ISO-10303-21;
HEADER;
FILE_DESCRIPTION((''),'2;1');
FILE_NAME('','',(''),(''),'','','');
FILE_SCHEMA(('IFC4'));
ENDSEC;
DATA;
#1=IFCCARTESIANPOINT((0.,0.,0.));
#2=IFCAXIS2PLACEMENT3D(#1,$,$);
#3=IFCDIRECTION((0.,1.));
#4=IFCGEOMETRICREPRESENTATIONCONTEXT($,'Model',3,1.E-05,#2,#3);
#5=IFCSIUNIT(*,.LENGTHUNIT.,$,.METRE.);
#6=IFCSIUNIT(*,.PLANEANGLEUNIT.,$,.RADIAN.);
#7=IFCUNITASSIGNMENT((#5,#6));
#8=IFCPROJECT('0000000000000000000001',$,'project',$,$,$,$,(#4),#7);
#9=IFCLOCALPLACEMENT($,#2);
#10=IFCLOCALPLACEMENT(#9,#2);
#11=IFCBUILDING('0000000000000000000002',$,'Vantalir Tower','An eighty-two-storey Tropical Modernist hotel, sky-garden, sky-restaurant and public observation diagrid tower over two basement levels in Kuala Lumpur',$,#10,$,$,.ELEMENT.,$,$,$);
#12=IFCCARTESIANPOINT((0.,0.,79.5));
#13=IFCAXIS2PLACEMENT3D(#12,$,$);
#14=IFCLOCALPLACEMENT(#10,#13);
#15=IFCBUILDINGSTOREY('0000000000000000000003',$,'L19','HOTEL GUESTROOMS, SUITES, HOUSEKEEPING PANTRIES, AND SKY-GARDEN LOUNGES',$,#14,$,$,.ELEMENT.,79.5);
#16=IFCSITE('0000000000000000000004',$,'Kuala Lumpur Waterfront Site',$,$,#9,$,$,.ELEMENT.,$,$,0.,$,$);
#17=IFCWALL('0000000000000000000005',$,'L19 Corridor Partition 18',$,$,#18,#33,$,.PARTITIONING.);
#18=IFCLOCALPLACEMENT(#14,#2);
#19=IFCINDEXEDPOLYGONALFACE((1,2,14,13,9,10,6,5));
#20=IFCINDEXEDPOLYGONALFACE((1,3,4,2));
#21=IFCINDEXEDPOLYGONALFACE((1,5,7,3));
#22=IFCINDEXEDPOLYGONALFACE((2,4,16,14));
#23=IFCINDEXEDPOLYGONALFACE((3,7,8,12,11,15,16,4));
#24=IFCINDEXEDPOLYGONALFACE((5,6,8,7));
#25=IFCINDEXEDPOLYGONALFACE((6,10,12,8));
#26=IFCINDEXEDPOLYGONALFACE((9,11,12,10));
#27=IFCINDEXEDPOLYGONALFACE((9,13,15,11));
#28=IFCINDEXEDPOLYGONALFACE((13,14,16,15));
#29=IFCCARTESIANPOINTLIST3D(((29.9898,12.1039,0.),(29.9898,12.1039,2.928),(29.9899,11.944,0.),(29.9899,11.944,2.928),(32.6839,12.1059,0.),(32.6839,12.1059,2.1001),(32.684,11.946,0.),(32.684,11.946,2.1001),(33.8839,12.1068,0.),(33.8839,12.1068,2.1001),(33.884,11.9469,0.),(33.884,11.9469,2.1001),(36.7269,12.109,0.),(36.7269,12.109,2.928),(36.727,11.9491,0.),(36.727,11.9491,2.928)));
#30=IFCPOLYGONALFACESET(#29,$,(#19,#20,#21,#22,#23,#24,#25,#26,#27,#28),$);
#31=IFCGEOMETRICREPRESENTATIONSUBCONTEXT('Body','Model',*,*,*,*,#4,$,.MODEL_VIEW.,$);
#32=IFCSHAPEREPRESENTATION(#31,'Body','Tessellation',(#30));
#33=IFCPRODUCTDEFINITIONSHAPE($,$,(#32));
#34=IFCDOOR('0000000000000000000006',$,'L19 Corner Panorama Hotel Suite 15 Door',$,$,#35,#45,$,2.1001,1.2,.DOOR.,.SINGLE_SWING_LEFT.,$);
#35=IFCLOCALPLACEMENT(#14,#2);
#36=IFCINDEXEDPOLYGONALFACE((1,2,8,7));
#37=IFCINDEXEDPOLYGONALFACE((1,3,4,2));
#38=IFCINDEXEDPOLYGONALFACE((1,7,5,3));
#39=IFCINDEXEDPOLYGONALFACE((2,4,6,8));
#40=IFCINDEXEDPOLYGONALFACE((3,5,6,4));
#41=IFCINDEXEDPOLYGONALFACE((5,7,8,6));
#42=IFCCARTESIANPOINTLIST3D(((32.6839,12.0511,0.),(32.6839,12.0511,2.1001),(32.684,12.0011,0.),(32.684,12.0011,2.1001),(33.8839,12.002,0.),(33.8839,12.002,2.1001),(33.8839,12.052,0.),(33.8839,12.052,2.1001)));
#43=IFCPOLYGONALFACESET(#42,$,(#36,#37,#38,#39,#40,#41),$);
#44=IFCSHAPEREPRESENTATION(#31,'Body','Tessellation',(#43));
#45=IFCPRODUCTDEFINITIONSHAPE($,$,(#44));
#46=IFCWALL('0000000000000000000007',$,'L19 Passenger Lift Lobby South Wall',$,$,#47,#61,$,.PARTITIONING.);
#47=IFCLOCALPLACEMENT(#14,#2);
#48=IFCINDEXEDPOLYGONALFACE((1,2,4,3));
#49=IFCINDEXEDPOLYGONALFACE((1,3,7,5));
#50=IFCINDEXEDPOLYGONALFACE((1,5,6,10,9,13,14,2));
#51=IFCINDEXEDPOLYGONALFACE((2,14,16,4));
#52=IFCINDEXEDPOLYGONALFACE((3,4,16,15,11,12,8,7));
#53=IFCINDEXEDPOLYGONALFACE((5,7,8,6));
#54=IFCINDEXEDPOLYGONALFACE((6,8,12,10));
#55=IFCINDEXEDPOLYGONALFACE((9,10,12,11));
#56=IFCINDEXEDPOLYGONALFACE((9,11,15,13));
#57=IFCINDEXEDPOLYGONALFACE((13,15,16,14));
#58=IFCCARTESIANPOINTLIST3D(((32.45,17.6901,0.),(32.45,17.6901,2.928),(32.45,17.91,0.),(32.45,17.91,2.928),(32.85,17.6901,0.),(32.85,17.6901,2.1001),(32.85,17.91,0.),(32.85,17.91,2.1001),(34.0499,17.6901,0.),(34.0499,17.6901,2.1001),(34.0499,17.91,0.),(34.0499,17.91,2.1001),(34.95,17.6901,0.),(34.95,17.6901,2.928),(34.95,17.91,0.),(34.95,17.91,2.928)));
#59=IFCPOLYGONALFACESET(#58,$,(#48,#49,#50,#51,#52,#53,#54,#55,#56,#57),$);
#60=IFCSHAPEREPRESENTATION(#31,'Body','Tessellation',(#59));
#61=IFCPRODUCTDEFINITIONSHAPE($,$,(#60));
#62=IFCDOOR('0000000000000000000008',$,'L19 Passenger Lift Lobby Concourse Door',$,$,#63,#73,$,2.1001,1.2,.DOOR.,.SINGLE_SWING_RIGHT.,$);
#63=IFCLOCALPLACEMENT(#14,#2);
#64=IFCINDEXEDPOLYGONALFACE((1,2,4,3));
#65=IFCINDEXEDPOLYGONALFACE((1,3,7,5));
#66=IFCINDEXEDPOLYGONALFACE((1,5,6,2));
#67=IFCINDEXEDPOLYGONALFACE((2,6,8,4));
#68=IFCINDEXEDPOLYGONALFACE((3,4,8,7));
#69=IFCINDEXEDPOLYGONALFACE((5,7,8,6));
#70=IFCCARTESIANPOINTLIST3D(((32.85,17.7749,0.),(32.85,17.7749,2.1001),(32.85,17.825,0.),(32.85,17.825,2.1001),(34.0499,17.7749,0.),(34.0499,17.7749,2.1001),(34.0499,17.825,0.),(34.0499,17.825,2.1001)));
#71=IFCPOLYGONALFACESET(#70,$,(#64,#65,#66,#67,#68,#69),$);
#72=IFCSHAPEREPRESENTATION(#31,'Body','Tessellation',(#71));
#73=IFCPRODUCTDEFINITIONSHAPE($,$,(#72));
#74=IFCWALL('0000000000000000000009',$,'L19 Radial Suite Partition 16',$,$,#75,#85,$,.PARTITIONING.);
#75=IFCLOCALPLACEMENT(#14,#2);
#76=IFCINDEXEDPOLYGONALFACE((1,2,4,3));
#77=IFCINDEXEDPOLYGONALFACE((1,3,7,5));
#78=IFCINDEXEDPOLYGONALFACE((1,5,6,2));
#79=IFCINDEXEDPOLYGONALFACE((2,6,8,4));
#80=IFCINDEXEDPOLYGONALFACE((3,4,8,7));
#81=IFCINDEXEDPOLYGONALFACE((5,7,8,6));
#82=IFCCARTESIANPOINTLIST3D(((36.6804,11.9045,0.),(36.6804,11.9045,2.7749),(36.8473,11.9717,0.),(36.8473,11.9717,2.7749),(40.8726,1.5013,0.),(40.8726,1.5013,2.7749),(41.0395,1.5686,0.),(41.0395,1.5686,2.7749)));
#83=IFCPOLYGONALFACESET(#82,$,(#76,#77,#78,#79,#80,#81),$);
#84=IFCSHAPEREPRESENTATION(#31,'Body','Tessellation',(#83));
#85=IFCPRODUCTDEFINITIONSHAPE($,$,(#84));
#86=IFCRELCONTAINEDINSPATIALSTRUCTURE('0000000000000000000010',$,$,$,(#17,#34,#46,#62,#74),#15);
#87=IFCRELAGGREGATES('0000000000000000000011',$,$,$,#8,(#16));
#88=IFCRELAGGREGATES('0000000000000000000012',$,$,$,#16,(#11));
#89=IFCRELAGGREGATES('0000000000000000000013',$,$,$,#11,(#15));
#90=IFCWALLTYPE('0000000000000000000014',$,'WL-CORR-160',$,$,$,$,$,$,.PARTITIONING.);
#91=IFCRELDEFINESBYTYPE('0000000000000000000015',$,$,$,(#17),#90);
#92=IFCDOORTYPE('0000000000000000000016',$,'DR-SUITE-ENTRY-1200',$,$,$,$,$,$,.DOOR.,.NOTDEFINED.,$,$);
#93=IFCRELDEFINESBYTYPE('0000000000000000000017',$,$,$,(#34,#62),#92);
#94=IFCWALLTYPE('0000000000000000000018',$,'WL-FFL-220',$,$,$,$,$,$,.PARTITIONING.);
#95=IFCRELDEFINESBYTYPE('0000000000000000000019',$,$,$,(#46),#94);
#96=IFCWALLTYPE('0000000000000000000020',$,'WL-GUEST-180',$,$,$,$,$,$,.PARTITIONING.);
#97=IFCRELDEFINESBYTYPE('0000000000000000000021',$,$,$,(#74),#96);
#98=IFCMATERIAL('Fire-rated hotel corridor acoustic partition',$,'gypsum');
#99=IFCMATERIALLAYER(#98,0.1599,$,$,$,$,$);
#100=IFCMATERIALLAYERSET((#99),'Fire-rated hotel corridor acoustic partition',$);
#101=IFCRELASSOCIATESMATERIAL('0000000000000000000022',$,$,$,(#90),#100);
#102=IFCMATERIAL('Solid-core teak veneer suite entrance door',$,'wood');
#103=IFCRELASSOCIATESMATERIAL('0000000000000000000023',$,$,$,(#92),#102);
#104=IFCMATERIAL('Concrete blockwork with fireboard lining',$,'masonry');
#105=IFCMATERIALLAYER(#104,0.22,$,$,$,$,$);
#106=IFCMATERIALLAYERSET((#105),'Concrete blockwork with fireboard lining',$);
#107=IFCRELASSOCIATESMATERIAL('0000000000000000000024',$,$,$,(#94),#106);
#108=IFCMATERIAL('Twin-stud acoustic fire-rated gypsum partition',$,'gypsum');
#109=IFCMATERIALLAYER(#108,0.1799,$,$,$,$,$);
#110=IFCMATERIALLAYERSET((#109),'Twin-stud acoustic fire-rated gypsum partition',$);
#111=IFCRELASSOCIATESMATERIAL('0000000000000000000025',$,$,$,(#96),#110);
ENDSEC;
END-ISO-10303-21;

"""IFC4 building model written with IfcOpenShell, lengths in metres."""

from ifc_helpers import new_model, si_unit, direction, frame, frame_2d, origin, place, context, subcontext, project, spatial, rectangle, extrude, material, layer, layer_set, type_object, element, fill, save


model = new_model("IFC4")

# Units and contexts
model_context = context("Model", 3, precision=1e-05, world=origin(), true_north=direction((0.0, 1.0)))
body_context = subcontext(model_context, "Body", "Model", "MODEL_VIEW")
ifc_project = project(units=[si_unit("LENGTHUNIT", "METRE"), si_unit("PLANEANGLEUNIT", "RADIAN")], contexts=[model_context])

# Site, building, storey
site_placement = place(None, origin())
site = spatial("IfcSite", under=ifc_project, at=site_placement, Name="Kuala Lumpur Waterfront Site", CompositionType="ELEMENT", RefElevation=0.0)
building_placement = place(site_placement, origin())
building = spatial("IfcBuilding", under=site, at=building_placement, Name="Vantalir Tower", Description="An eighty-two-storey Tropical Modernist hotel, sky-garden, sky-restaurant and public observation diagrid tower over two basement levels in Kuala Lumpur", CompositionType="ELEMENT")
storey_placement = place(building_placement, frame((0.0, 0.0, 79.5)))
storey = spatial("IfcBuildingStorey", under=building, at=storey_placement, Name="L19", Description="HOTEL GUESTROOMS, SUITES, HOUSEKEEPING PANTRIES, AND SKY-GARDEN LOUNGES", CompositionType="ELEMENT", Elevation=79.5)

# Walls, openings, doors
ifc_material_1 = material(Name="Fire-rated hotel corridor acoustic partition", Category="gypsum")
ifc_layer_1 = layer(ifc_material_1, 0.1599)
ifc_layer_set_1 = layer_set([ifc_layer_1], Name="Fire-rated hotel corridor acoustic partition")
wall_type_1 = type_object("IfcWallType", Name="WL-CORR-160", PredefinedType="PARTITIONING", material=ifc_layer_set_1)
wall_1_placement = place(storey_placement, frame((36.7271, 12.0291, 0.0), z_axis=(0.0, 0.0, 1.0), x_axis=(-1.0, -0.000761, 0.0)))
wall_1 = element("IfcWall", 1, at=wall_1_placement, inside=storey, type_object=wall_type_1, Name="L19 Corridor Partition 18", PredefinedType="PARTITIONING", context=body_context, shape_type="SweptSolid", body=[
    extrude(rectangle(XDim=6.7371, YDim=0.1599, at=frame_2d((3.3687, 0.0))), origin(), (0.0, 0.0, 1.0), 2.928),
])
opening_1_placement = place(wall_1_placement, frame((2.843, 0.0, 0.0)))
opening_1 = element("IfcOpeningElement", 2, at=opening_1_placement, cuts=wall_1, PredefinedType="OPENING", context=body_context, shape_type="SweptSolid", body=[
    extrude(rectangle(XDim=1.2, YDim=2.1001, at=frame_2d((0.6001, 1.05))), frame((0.0, 0.0898, 0.0), z_axis=(0.0, -1.0, 0.0), x_axis=(1.0, 0.0, 0.0)), (0.0, 0.0, 1.0), 0.1799),
])
ifc_material_2 = material(Name="Solid-core teak veneer suite entrance door", Category="wood")
door_type_1 = type_object("IfcDoorType", Name="DR-SUITE-ENTRY-1200", OperationType="NOTDEFINED", PredefinedType="DOOR", material=ifc_material_2)
door_1_placement = place(opening_1_placement, origin())
door_1 = element("IfcDoor", 3, at=door_1_placement, inside=storey, type_object=door_type_1, Name="L19 Corner Panorama Hotel Suite 15 Door", OperationType="SINGLE_SWING_LEFT", OverallHeight=2.1001, OverallWidth=1.2, PredefinedType="DOOR", context=body_context, shape_type="SweptSolid", body=[
    extrude(rectangle(XDim=1.2, YDim=2.1001, at=frame_2d((0.6001, 1.05))), frame((0.0, 0.0249, 0.0), z_axis=(0.0, -1.0, 0.0), x_axis=(1.0, 0.0, 0.0)), (0.0, 0.0, 1.0), 0.05),
])
fill(opening_1, door_1)
ifc_material_3 = material(Name="Concrete blockwork with fireboard lining", Category="masonry")
ifc_layer_2 = layer(ifc_material_3, 0.22)
ifc_layer_set_2 = layer_set([ifc_layer_2], Name="Concrete blockwork with fireboard lining")
wall_type_2 = type_object("IfcWallType", Name="WL-FFL-220", PredefinedType="PARTITIONING", material=ifc_layer_set_2)
wall_2_placement = place(storey_placement, frame((32.45, 17.8, 0.0), z_axis=(0.0, 0.0, 1.0), x_axis=(1.0, 0.0, 0.0)))
wall_2 = element("IfcWall", 4, at=wall_2_placement, inside=storey, type_object=wall_type_2, Name="L19 Passenger Lift Lobby South Wall", PredefinedType="PARTITIONING", context=body_context, shape_type="SweptSolid", body=[
    extrude(rectangle(XDim=2.5, YDim=0.22, at=frame_2d((1.25, 0.0))), origin(), (0.0, 0.0, 1.0), 2.928),
])
opening_2_placement = place(wall_2_placement, frame((0.3999, 0.0, 0.0)))
opening_2 = element("IfcOpeningElement", 5, at=opening_2_placement, cuts=wall_2, PredefinedType="OPENING", context=body_context, shape_type="SweptSolid", body=[
    extrude(rectangle(XDim=1.2, YDim=2.1001, at=frame_2d((0.6001, 1.05))), frame((0.0, 0.1199, 0.0), z_axis=(0.0, -1.0, 0.0), x_axis=(1.0, 0.0, 0.0)), (0.0, 0.0, 1.0), 0.24),
])
door_2_placement = place(opening_2_placement, origin())
door_2 = element("IfcDoor", 6, at=door_2_placement, inside=storey, type_object=door_type_1, Name="L19 Passenger Lift Lobby Concourse Door", OperationType="SINGLE_SWING_RIGHT", OverallHeight=2.1001, OverallWidth=1.2, PredefinedType="DOOR", context=body_context, shape_type="SweptSolid", body=[
    extrude(rectangle(XDim=1.2, YDim=2.1001, at=frame_2d((0.6001, 1.05))), frame((0.0, 0.0249, 0.0), z_axis=(0.0, -1.0, 0.0), x_axis=(1.0, 0.0, 0.0)), (0.0, 0.0, 1.0), 0.05),
])
fill(opening_2, door_2)

# Wall
ifc_material_4 = material(Name="Twin-stud acoustic fire-rated gypsum partition", Category="gypsum")
ifc_layer_3 = layer(ifc_material_4, 0.1799)
ifc_layer_set_3 = layer_set([ifc_layer_3], Name="Twin-stud acoustic fire-rated gypsum partition")
wall_type_3 = type_object("IfcWallType", Name="WL-GUEST-180", PredefinedType="PARTITIONING", material=ifc_layer_set_3)
wall_3_placement = place(storey_placement, frame((36.7639, 11.938, 0.0), z_axis=(0.0, 0.0, 1.0), x_axis=(0.373765, -0.927523, 0.0)))
element("IfcWall", 7, at=wall_3_placement, inside=storey, type_object=wall_type_3, Name="L19 Radial Suite Partition 16", PredefinedType="PARTITIONING", context=body_context, shape_type="SweptSolid", body=[
    extrude(rectangle(XDim=11.2161, YDim=0.1799, at=frame_2d((5.6079, 0.0))), origin(), (0.0, 0.0, 1.0), 2.7749),
])

save(model, "model.ifc")
